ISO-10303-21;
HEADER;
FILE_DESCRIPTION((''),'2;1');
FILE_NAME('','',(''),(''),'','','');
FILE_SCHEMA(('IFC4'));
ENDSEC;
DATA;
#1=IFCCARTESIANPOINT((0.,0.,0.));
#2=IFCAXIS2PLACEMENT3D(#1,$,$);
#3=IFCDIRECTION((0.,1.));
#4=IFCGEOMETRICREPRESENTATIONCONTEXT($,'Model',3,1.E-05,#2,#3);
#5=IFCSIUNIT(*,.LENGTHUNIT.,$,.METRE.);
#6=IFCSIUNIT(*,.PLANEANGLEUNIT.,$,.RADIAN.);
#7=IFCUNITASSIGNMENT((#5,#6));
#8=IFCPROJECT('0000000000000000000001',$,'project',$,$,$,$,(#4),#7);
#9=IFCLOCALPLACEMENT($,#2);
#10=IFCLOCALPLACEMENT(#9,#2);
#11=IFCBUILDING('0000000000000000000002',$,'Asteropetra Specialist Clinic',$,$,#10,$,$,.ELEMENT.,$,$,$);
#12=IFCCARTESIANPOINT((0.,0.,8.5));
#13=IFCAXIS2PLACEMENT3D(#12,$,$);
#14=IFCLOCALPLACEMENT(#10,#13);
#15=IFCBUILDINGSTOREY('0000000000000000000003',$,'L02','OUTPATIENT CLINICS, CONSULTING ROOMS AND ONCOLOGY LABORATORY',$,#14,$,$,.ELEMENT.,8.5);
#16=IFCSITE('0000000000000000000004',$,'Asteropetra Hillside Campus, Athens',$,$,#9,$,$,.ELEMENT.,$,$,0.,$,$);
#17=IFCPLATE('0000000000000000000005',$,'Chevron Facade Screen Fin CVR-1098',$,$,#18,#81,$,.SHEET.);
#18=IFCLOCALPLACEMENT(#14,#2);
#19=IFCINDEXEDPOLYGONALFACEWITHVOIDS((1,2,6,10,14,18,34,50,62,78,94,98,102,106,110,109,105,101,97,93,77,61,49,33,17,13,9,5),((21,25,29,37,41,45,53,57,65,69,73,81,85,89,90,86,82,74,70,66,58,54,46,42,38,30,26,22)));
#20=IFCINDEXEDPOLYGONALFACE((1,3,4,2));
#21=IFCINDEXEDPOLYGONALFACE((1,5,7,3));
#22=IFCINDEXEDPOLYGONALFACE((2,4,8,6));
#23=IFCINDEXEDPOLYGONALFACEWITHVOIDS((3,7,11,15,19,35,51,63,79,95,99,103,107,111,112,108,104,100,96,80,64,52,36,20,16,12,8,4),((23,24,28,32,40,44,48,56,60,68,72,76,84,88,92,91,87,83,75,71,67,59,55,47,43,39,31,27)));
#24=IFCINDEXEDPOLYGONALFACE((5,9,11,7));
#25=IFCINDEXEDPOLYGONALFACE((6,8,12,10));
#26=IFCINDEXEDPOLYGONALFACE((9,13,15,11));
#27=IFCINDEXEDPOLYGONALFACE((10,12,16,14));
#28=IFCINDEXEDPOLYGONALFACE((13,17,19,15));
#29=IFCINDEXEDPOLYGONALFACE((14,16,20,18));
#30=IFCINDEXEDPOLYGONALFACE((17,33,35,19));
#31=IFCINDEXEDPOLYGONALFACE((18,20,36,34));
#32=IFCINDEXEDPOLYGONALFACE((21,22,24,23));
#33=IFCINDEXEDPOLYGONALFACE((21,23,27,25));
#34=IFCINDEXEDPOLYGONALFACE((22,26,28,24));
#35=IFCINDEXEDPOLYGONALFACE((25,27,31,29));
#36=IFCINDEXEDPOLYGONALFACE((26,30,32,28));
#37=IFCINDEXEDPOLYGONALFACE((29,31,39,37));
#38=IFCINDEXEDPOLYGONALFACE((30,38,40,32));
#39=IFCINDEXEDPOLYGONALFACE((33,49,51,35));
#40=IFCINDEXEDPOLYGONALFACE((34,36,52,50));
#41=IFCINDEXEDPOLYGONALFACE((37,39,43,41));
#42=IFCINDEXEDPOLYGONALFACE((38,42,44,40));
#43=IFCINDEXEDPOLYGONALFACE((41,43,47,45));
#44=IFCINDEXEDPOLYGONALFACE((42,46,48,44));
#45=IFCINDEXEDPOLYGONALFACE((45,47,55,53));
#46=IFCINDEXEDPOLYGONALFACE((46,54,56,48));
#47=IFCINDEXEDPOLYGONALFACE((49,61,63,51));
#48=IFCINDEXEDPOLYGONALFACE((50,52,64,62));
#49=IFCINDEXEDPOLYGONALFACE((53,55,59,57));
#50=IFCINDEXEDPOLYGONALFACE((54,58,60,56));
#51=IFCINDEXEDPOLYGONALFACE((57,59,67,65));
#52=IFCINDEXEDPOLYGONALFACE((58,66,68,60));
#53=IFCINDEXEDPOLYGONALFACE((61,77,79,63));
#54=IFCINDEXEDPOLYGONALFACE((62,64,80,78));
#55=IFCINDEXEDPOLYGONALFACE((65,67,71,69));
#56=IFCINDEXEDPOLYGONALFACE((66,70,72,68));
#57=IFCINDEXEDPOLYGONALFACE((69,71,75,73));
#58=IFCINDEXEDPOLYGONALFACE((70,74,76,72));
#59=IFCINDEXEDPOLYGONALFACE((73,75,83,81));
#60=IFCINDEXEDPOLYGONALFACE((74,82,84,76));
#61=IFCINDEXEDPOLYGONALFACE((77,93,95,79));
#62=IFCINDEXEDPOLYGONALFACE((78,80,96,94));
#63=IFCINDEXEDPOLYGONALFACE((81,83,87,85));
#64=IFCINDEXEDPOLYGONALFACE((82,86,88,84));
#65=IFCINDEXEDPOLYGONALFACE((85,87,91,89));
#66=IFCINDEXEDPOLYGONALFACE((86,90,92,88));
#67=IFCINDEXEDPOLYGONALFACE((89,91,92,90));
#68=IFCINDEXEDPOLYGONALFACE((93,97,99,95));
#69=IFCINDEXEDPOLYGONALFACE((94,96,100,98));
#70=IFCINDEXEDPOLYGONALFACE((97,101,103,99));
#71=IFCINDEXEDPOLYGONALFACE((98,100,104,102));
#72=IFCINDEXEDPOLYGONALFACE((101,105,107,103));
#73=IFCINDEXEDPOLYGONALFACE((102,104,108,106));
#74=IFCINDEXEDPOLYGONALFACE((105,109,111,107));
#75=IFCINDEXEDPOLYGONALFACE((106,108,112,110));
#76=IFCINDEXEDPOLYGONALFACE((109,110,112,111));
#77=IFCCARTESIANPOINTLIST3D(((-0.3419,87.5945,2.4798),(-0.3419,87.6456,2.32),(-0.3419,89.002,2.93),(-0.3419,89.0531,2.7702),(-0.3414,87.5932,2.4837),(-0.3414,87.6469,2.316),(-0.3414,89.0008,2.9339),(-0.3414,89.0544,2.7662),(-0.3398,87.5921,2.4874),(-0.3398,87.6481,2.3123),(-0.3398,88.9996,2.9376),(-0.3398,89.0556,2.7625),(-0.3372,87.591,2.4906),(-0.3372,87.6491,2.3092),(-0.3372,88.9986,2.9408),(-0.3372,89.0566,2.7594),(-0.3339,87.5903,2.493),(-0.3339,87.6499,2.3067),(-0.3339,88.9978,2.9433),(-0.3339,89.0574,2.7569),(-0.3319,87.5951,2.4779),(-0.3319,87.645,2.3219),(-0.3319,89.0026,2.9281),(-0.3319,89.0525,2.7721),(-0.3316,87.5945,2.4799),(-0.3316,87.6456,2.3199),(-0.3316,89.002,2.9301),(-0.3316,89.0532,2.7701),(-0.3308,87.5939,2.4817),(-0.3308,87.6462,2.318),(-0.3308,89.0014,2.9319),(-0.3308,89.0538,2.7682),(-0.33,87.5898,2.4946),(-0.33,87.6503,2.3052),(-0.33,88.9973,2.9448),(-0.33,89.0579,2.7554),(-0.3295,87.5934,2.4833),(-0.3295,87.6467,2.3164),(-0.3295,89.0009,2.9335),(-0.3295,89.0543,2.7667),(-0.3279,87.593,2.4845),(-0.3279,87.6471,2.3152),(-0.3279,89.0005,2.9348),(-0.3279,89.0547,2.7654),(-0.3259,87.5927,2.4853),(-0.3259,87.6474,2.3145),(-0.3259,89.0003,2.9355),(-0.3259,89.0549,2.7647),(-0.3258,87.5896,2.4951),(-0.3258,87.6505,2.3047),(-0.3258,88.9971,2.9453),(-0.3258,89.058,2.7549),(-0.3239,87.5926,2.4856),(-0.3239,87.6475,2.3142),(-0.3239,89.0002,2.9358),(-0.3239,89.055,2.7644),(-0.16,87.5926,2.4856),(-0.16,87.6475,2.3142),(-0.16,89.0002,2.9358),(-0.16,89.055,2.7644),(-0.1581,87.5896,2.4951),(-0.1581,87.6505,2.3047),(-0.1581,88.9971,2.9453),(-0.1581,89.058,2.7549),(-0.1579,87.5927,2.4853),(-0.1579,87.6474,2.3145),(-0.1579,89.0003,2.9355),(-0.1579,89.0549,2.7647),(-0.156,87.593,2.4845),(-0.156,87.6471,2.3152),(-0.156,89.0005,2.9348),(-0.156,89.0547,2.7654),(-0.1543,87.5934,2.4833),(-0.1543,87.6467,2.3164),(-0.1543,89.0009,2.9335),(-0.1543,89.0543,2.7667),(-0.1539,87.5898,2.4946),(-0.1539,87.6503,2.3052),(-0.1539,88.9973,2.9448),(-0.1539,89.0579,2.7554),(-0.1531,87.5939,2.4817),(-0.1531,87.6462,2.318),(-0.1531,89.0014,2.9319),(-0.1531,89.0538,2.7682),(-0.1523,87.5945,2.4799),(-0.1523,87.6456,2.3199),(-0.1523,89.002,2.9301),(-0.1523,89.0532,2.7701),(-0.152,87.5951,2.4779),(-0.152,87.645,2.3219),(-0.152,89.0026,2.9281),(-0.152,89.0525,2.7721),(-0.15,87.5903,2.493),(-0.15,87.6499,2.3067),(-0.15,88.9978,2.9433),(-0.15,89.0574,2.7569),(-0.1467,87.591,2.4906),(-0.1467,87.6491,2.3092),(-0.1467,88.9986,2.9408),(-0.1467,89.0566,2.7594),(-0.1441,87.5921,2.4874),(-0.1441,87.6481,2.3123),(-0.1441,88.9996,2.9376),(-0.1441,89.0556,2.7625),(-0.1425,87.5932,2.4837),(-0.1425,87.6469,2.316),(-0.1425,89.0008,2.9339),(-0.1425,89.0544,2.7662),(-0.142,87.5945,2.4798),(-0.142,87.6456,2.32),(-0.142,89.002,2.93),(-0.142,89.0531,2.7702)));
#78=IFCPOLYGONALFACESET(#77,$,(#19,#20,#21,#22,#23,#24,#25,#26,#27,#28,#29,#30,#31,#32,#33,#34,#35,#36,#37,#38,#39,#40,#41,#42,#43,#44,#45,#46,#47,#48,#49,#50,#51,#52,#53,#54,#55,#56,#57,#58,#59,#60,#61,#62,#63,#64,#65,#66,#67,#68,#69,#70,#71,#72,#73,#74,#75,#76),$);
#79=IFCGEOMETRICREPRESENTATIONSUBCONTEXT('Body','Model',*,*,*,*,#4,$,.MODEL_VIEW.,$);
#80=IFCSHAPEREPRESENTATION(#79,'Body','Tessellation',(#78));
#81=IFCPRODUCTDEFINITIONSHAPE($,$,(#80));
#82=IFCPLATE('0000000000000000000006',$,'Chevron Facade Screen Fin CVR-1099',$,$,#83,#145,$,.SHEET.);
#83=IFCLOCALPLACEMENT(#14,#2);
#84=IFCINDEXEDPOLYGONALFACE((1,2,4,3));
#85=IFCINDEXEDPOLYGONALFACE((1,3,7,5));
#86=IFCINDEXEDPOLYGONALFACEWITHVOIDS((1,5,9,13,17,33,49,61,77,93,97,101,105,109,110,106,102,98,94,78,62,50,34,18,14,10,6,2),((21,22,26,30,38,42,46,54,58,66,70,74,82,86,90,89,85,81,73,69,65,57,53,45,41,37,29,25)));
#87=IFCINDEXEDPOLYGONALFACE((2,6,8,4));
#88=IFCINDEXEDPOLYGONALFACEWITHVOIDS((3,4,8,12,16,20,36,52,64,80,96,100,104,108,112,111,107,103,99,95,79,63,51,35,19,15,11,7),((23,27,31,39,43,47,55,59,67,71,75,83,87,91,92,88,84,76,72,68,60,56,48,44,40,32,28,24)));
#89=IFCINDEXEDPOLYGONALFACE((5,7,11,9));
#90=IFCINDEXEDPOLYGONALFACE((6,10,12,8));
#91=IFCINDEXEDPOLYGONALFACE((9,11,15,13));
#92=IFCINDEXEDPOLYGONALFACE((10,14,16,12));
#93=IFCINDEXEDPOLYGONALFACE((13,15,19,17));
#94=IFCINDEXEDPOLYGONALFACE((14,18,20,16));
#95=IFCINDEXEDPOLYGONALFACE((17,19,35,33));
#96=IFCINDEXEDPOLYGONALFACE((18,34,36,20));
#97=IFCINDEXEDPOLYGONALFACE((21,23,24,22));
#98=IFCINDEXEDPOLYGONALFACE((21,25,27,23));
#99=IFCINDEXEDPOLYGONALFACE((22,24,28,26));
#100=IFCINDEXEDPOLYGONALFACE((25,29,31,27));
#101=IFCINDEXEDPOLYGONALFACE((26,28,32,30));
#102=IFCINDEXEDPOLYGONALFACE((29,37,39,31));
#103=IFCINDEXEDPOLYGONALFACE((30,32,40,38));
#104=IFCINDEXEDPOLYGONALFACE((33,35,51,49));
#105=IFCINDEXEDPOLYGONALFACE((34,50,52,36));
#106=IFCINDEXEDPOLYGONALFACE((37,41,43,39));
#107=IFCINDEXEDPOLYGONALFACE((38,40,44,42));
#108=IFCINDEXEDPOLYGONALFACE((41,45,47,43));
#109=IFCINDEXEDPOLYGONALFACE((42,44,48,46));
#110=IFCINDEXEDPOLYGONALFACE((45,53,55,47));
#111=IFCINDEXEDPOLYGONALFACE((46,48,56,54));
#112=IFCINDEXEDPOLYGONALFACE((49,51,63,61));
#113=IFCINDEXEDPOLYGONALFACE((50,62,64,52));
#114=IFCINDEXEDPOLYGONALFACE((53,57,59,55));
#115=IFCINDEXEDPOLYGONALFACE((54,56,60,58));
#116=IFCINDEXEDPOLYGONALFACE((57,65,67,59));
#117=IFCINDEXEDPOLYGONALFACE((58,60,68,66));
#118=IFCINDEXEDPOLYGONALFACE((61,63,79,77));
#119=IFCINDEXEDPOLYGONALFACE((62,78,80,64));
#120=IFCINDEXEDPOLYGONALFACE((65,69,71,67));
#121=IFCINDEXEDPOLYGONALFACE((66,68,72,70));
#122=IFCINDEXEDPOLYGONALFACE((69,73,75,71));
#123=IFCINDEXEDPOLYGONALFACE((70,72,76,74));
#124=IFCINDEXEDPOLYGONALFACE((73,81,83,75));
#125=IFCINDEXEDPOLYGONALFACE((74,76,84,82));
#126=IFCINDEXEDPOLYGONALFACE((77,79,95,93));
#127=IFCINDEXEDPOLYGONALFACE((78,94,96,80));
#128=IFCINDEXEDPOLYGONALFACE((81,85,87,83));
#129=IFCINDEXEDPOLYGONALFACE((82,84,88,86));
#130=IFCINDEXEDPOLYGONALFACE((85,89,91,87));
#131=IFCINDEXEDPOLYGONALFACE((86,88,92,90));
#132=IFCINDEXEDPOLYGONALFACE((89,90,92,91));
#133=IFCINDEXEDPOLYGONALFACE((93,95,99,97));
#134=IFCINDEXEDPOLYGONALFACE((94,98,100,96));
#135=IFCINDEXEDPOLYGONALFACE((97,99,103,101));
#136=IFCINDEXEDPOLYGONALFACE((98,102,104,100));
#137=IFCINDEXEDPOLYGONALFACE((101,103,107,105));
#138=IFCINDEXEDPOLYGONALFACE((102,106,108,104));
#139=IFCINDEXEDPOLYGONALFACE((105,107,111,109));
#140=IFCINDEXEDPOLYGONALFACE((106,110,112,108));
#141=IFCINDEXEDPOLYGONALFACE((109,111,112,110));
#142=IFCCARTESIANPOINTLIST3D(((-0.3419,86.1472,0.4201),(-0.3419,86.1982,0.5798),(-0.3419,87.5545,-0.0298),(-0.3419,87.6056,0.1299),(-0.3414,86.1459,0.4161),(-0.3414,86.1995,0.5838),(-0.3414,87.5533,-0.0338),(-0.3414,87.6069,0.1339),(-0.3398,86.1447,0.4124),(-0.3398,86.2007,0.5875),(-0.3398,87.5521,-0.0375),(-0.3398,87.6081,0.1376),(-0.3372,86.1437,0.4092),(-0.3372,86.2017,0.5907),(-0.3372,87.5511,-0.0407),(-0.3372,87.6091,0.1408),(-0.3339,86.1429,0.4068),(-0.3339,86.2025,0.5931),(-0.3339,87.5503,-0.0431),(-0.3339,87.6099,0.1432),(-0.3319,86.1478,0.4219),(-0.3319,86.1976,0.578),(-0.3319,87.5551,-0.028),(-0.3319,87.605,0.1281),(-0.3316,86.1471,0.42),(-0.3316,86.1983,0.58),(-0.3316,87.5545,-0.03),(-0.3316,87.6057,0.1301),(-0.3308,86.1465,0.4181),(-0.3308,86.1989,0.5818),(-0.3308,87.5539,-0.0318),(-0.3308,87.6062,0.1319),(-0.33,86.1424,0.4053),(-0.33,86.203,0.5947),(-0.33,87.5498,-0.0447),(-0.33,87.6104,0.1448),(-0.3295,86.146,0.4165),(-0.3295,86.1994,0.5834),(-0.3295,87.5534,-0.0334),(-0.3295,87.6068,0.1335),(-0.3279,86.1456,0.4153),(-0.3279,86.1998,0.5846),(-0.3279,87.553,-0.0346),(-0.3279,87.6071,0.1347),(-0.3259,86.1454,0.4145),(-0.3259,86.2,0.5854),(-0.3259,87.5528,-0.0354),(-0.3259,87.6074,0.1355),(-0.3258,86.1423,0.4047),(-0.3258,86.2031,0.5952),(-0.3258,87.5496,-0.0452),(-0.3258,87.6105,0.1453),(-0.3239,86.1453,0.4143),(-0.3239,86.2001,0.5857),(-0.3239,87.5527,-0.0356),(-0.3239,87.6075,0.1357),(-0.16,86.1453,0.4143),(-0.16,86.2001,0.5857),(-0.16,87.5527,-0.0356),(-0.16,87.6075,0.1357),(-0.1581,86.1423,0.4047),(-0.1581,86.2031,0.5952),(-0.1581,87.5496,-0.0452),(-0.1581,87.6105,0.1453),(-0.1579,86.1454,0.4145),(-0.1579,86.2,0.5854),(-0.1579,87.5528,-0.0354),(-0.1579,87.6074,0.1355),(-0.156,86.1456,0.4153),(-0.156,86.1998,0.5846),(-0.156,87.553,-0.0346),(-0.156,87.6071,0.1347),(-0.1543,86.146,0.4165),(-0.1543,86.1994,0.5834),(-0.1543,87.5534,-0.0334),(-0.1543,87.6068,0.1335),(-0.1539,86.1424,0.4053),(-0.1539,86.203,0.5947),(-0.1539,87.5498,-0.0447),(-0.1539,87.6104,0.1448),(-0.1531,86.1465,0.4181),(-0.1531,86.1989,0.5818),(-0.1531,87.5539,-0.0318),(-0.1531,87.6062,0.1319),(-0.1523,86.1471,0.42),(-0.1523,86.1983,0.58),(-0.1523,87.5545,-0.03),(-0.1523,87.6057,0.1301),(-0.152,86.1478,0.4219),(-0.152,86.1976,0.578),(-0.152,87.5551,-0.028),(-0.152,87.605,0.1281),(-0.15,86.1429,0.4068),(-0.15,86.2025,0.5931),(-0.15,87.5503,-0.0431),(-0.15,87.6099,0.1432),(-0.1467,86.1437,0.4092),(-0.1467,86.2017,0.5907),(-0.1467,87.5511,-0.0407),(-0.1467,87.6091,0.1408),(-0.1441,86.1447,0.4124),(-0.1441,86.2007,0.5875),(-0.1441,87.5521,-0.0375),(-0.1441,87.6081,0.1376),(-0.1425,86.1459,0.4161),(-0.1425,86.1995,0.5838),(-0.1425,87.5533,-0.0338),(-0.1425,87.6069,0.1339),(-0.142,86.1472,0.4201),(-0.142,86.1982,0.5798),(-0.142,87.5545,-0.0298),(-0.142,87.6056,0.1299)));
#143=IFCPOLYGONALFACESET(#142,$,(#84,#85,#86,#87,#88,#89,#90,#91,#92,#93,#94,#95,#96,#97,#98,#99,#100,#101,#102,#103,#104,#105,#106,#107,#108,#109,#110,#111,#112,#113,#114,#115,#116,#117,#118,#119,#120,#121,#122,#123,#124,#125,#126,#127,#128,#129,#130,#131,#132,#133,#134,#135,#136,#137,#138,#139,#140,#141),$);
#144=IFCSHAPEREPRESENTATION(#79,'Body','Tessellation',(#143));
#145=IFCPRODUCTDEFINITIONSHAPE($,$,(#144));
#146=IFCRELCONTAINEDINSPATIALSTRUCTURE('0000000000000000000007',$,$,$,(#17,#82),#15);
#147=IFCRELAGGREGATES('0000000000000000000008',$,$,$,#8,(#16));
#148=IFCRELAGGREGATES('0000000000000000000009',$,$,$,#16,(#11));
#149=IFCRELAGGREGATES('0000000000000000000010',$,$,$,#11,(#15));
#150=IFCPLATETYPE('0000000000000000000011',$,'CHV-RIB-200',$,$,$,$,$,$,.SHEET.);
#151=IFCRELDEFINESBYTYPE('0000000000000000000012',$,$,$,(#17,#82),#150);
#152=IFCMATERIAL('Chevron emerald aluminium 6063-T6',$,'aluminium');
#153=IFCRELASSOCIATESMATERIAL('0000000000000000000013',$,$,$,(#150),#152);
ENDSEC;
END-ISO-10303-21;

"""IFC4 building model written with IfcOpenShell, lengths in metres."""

from ifc_helpers import new_model, si_unit, direction, frame, origin, origin_2d, place, context, subcontext, project, spatial, hollow_rectangle, extrude, material, material_profile, profile_set, type_object, element, save


model = new_model("IFC4")

# Units and contexts
model_context = context("Model", 3, precision=1e-05, world=origin(), true_north=direction((0.0, 1.0)))
body_context = subcontext(model_context, "Body", "Model", "MODEL_VIEW")
ifc_project = project(units=[si_unit("LENGTHUNIT", "METRE"), si_unit("PLANEANGLEUNIT", "RADIAN")], contexts=[model_context])

# Site, building, storey
site_placement = place(None, origin())
site = spatial("IfcSite", under=ifc_project, at=site_placement, Name="Asteropetra Hillside Campus, Athens", CompositionType="ELEMENT", RefElevation=0.0)
building_placement = place(site_placement, origin())
building = spatial("IfcBuilding", under=site, at=building_placement, Name="Asteropetra Specialist Clinic", CompositionType="ELEMENT")
storey_placement = place(building_placement, frame((0.0, 0.0, 8.5)))
storey = spatial("IfcBuildingStorey", under=building, at=storey_placement, Name="L02", Description="OUTPATIENT CLINICS, CONSULTING ROOMS AND ONCOLOGY LABORATORY", CompositionType="ELEMENT", Elevation=8.5)

# Plates
ifc_material_1 = material(Name="Chevron emerald aluminium 6063-T6", Category="aluminium")
ifc_material_profile = material_profile(ifc_material_1, hollow_rectangle(XDim=0.2, YDim=0.2, WallThickness=0.01, InnerFilletRadius=0.0081, OuterFilletRadius=0.0161, at=origin_2d()), Name="SHS 200x200x10.0")
ifc_profile_set = profile_set([ifc_material_profile], Name="Chevron emerald aluminium 6063-T6")
plate_type_1 = type_object("IfcPlateType", Name="CHV-RIB-200", PredefinedType="SHEET", material=ifc_profile_set)
plate_1_placement = place(storey_placement, frame((-0.2419, 89.0276, 2.8501), z_axis=(0.0, -0.952463, -0.304656), x_axis=(1.0, 0.0, 0.0)))
element("IfcPlate", 1, at=plate_1_placement, inside=storey, type_object=plate_type_1, Name="Chevron Facade Screen Fin CVR-1098", PredefinedType="SHEET", context=body_context, shape_type="SweptSolid", body=[
    extrude(hollow_rectangle(XDim=0.2, YDim=0.2, WallThickness=0.01, InnerFilletRadius=0.0081, OuterFilletRadius=0.0161, at=origin_2d()), origin(), (0.0, 0.0, 1.0), 1.4778),
])
for number, where, z_axis, x_axis, name in (
    (2, (-0.2419, 87.5801, 0.05), (0.0, -0.95251, 0.304506), (1.0, 0.0, 0.0), "Chevron Facade Screen Fin CVR-1099"),
):
    element("IfcPlate", number, at=place(storey_placement, frame(where, z_axis=z_axis, x_axis=x_axis)), inside=storey, type_object=plate_type_1, Name=name, PredefinedType="SHEET", context=body_context, shape_type="SweptSolid", body=[
        extrude(hollow_rectangle(XDim=0.2, YDim=0.2, WallThickness=0.01, InnerFilletRadius=0.0081, OuterFilletRadius=0.0161, at=origin_2d()), origin(), (0.0, 0.0, 1.0), 1.4775),
    ])

save(model, "model.ifc")
